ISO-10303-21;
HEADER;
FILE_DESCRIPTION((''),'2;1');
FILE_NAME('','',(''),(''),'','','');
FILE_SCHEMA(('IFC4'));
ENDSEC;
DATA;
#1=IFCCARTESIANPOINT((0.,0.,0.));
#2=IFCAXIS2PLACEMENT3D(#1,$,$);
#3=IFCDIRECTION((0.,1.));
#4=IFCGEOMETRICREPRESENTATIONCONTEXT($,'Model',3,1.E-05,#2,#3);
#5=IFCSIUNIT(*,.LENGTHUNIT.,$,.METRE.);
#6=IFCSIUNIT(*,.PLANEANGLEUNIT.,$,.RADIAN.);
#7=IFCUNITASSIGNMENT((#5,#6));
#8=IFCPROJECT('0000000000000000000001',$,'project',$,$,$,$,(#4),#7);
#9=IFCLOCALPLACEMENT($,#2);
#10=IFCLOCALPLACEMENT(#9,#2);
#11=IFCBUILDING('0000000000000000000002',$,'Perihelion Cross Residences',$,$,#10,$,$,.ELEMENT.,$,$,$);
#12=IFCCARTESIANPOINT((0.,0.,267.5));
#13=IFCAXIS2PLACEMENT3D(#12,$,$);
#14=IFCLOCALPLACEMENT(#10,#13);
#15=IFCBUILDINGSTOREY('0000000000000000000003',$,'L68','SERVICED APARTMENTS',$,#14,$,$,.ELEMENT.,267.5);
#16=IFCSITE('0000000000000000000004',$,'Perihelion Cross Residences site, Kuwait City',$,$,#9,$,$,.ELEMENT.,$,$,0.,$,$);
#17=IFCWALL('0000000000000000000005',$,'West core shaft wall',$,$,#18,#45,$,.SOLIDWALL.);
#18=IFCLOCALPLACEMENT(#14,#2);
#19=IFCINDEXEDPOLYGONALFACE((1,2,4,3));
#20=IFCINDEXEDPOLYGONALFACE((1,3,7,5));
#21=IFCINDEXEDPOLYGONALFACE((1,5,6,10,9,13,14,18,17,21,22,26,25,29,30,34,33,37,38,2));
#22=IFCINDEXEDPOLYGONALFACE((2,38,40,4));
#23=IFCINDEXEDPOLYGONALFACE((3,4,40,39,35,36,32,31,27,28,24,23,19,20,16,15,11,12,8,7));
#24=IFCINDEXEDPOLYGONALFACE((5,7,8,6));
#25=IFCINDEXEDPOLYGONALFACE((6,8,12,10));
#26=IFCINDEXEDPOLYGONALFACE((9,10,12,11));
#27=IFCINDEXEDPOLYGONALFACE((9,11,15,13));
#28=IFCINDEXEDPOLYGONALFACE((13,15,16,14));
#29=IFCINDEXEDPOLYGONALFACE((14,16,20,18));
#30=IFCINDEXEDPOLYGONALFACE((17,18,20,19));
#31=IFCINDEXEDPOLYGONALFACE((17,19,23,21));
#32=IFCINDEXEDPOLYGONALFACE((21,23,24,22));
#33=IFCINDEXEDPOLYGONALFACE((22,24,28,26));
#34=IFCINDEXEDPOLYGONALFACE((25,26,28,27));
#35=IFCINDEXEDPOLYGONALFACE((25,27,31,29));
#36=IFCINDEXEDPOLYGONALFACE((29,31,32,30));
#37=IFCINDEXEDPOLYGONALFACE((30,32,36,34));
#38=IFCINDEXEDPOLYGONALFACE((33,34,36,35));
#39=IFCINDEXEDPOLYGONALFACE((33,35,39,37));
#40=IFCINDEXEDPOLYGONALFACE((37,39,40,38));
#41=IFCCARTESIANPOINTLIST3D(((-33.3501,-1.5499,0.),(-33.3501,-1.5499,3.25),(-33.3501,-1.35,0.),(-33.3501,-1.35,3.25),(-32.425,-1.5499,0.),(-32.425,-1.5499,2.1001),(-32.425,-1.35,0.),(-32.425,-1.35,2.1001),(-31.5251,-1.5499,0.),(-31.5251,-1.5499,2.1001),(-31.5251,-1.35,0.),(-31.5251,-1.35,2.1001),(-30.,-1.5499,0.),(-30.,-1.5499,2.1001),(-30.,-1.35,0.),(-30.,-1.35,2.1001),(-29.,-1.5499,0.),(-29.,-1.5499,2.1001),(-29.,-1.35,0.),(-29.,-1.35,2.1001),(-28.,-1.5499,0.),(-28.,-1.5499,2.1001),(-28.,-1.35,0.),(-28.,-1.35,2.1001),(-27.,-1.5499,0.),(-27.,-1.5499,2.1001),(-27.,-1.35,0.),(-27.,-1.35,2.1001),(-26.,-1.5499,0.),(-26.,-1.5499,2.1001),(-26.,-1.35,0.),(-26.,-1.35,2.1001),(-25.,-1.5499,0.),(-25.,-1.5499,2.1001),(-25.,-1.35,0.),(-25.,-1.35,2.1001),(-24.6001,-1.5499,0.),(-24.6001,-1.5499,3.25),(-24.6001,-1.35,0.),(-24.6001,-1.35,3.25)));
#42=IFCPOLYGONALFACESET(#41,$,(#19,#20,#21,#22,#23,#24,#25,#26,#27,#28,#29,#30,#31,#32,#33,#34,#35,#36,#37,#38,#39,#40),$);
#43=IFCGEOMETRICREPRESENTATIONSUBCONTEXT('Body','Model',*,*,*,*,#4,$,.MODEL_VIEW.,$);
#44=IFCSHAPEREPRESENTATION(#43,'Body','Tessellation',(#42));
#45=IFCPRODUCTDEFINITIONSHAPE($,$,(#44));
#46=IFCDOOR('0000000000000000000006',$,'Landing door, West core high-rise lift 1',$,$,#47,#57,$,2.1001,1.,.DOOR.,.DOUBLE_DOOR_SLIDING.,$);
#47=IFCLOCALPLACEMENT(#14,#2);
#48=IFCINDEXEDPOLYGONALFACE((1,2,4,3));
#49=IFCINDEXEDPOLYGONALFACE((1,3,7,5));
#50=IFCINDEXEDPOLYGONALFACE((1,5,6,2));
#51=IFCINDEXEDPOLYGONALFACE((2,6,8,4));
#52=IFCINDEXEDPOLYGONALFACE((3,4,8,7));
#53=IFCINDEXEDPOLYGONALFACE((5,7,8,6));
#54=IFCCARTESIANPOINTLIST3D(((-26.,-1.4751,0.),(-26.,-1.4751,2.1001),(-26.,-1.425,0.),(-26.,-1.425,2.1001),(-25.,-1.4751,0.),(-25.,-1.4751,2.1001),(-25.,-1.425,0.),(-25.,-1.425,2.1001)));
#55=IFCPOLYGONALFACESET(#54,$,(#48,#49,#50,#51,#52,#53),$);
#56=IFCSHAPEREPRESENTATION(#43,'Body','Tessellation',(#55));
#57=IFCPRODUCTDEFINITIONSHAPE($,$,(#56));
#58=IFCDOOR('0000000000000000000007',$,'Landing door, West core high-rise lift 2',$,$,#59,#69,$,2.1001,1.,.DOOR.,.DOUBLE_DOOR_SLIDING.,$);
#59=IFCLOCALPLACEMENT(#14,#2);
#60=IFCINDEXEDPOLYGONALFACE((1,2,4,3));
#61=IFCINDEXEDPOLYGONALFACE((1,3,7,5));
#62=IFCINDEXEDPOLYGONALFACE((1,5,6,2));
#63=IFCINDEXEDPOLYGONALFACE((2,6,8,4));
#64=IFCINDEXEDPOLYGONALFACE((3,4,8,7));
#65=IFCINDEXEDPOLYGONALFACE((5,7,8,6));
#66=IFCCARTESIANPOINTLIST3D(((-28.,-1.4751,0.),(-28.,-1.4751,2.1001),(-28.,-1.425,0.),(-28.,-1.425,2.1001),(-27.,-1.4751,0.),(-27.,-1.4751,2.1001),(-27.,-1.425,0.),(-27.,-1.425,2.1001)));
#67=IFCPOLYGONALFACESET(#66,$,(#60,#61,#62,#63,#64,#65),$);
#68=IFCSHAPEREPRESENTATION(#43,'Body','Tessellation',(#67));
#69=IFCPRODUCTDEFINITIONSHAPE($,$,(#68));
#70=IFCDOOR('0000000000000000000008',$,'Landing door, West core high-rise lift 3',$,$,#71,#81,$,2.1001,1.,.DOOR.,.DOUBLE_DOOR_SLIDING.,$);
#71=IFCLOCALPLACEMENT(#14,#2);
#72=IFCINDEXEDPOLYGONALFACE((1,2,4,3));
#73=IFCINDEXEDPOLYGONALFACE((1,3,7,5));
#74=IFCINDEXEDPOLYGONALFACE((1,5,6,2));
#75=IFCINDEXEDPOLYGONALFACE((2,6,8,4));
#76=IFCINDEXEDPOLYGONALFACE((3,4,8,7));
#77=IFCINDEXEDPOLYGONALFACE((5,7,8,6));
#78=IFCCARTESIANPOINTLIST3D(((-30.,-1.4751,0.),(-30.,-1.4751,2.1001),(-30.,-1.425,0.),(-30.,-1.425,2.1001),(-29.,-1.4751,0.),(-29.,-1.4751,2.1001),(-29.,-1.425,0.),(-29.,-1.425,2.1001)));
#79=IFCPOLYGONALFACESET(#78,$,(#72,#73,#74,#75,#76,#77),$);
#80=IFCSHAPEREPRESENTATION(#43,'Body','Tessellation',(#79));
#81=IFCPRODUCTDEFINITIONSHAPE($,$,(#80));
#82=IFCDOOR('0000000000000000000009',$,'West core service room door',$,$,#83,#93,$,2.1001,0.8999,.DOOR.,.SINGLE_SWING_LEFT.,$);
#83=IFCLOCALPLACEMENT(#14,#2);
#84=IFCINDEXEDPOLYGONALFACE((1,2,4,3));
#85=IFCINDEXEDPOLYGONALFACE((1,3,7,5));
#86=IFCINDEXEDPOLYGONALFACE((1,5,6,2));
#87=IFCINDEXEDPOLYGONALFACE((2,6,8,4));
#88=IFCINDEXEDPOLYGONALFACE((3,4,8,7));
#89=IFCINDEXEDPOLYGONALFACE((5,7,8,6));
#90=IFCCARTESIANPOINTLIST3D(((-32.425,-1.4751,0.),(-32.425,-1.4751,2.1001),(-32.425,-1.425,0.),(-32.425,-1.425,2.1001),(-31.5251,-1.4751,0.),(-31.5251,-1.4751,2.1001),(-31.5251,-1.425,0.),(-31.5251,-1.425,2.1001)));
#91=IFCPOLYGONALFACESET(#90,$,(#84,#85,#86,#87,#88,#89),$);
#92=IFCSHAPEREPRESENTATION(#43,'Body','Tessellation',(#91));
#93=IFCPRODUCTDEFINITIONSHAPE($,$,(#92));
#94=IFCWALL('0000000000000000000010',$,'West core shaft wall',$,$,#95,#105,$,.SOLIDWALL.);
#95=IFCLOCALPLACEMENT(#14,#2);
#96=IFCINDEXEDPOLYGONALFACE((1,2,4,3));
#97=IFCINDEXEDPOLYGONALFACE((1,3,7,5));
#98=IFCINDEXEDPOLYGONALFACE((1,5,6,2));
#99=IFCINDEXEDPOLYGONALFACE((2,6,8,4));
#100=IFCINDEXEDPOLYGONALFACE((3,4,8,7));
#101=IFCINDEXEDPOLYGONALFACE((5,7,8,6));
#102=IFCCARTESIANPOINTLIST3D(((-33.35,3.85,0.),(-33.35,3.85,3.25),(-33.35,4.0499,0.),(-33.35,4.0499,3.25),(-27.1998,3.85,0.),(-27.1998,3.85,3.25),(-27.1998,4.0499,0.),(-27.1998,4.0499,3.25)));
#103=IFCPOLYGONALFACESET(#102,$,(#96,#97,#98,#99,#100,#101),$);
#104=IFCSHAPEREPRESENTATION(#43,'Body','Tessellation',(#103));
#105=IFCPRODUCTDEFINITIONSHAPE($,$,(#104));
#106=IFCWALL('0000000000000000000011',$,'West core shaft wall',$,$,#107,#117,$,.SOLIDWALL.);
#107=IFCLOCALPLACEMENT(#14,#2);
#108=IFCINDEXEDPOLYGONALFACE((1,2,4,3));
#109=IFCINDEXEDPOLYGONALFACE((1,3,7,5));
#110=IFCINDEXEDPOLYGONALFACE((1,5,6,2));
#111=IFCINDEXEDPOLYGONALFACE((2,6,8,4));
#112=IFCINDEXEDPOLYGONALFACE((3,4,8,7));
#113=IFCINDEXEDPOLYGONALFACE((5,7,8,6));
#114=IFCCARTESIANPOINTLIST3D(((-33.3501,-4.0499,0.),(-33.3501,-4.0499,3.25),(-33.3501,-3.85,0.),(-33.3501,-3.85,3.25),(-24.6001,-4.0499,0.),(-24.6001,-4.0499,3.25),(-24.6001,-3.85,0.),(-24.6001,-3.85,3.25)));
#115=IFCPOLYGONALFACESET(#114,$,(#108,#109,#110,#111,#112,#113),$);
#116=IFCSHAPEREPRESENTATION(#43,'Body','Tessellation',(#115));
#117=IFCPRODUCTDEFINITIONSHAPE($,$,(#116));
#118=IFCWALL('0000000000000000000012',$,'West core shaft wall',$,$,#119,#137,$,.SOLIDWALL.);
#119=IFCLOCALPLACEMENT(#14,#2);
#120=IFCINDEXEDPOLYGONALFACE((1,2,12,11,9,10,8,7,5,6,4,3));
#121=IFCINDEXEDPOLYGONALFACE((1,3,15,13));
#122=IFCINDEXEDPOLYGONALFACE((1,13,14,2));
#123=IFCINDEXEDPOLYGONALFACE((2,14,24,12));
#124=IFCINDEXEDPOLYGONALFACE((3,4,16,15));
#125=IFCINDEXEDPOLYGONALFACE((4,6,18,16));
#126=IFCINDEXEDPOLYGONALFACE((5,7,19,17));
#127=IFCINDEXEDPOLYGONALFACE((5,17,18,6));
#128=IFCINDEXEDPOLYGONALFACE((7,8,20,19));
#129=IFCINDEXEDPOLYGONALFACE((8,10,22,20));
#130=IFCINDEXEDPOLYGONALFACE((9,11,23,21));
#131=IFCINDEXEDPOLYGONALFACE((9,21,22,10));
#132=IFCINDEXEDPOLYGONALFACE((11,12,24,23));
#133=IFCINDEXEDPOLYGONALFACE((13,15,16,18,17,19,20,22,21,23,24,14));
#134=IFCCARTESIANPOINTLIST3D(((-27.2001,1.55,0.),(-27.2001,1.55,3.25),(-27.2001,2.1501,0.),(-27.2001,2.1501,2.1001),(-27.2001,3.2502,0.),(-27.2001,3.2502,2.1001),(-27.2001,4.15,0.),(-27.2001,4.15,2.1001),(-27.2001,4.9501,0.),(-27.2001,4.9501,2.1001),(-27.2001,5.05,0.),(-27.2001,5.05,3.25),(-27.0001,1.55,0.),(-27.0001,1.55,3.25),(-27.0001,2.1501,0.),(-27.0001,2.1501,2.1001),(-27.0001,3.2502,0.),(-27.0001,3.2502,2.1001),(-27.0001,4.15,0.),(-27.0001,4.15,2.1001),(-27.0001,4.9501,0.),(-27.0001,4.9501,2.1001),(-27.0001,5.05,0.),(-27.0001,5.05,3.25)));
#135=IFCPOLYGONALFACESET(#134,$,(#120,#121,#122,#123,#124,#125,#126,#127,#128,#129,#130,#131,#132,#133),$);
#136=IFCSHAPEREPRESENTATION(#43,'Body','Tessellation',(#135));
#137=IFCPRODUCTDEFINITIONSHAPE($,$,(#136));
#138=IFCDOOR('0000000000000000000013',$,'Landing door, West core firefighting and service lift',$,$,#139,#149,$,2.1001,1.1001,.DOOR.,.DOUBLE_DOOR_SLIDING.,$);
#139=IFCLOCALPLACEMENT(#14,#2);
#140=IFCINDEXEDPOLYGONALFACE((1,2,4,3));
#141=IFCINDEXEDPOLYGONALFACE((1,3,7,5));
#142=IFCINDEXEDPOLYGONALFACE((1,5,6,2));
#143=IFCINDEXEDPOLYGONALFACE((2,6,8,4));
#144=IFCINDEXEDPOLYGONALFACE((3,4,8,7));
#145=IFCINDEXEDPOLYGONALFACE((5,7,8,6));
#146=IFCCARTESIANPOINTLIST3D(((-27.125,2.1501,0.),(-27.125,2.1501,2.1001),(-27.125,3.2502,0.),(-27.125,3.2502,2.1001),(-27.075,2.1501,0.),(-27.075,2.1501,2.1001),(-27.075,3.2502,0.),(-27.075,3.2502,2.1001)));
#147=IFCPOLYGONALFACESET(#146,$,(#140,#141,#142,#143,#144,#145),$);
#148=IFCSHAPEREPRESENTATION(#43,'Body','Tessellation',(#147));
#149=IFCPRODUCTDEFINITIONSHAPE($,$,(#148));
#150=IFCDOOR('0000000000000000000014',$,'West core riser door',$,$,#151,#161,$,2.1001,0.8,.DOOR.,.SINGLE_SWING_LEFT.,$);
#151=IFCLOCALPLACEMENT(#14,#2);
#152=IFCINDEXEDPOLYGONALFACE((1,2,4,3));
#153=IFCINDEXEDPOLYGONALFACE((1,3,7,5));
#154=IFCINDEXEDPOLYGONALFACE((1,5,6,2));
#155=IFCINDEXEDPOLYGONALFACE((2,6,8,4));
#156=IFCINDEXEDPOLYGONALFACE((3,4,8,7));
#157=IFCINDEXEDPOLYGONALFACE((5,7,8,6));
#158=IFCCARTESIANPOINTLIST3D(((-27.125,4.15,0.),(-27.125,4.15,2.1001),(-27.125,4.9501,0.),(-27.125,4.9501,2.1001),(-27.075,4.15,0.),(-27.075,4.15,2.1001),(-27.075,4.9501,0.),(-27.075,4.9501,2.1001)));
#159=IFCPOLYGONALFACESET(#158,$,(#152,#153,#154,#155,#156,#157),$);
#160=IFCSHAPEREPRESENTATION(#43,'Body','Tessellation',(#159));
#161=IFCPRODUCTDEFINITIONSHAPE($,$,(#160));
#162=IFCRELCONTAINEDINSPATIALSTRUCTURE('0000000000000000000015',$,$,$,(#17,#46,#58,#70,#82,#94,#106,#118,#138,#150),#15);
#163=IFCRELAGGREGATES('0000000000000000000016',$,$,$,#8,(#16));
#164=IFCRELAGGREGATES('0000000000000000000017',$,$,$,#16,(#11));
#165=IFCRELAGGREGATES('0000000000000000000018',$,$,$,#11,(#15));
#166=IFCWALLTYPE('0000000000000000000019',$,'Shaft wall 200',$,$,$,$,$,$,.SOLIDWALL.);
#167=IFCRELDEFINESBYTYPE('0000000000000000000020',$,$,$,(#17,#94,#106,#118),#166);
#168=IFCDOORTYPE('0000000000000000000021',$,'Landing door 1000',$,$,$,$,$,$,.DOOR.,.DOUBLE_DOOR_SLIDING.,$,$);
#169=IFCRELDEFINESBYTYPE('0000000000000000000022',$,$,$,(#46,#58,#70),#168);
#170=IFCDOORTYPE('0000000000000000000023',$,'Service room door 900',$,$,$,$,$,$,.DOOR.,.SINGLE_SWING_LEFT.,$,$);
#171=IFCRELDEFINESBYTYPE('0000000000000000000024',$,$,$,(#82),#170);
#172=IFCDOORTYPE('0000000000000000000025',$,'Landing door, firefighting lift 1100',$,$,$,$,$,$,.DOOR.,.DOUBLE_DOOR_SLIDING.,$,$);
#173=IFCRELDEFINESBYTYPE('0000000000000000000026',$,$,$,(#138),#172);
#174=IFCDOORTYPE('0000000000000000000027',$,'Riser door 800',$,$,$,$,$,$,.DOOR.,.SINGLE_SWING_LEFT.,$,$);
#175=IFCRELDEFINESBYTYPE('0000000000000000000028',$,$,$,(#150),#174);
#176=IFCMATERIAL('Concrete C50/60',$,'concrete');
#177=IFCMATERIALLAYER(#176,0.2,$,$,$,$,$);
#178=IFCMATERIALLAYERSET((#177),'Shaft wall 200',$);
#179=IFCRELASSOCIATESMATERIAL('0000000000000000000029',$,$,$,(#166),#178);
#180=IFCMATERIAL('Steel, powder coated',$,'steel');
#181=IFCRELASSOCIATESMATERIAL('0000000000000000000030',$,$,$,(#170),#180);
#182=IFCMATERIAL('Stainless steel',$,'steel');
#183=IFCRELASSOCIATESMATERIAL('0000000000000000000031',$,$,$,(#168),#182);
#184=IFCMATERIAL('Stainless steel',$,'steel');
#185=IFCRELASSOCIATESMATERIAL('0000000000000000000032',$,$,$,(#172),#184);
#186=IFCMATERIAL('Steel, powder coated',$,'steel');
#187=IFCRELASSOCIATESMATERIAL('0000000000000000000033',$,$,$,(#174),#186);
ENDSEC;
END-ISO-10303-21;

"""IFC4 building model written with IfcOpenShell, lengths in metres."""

from ifc_helpers import new_model, si_unit, direction, frame, frame_2d, origin, place, context, subcontext, project, spatial, rectangle, extrude, material, layer, layer_set, type_object, element, fill, save


model = new_model("IFC4")

# Units and contexts
model_context = context("Model", 3, precision=1e-05, world=origin(), true_north=direction((0.0, 1.0)))
body_context = subcontext(model_context, "Body", "Model", "MODEL_VIEW")
ifc_project = project(units=[si_unit("LENGTHUNIT", "METRE"), si_unit("PLANEANGLEUNIT", "RADIAN")], contexts=[model_context])

# Site, building, storey
site_placement = place(None, origin())
site = spatial("IfcSite", under=ifc_project, at=site_placement, Name="Perihelion Cross Residences site, Kuwait City", CompositionType="ELEMENT", RefElevation=0.0)
building_placement = place(site_placement, origin())
building = spatial("IfcBuilding", under=site, at=building_placement, Name="Perihelion Cross Residences", CompositionType="ELEMENT")
storey_placement = place(building_placement, frame((0.0, 0.0, 267.5)))
storey = spatial("IfcBuildingStorey", under=building, at=storey_placement, Name="L68", Description="SERVICED APARTMENTS", CompositionType="ELEMENT", Elevation=267.5)

# Wall, openings, doors
ifc_material_1 = material(Name="Concrete C50/60", Category="concrete")
ifc_layer_1 = layer(ifc_material_1, 0.2)
ifc_layer_set_1 = layer_set([ifc_layer_1], Name="Shaft wall 200")
wall_type_1 = type_object("IfcWallType", Name="Shaft wall 200", PredefinedType="SOLIDWALL", material=ifc_layer_set_1)
ifc_material_2 = material(Name="Steel, powder coated", Category="steel")
door_type_1 = type_object("IfcDoorType", Name="Service room door 900", OperationType="SINGLE_SWING_LEFT", PredefinedType="DOOR", material=ifc_material_2)
wall_1_placement = place(storey_placement, frame((-33.3501, -1.45, 0.0), z_axis=(0.0, 0.0, 1.0), x_axis=(1.0, 0.0, 0.0)))
wall_1 = element("IfcWall", 1, at=wall_1_placement, inside=storey, type_object=wall_type_1, Name="West core shaft wall", PredefinedType="SOLIDWALL", context=body_context, shape_type="SweptSolid", body=[
    extrude(rectangle(XDim=8.75, YDim=0.2, at=frame_2d((4.375, 0.0))), origin(), (0.0, 0.0, 1.0), 3.25),
])
opening_1_placement = place(wall_1_placement, frame((7.3501, 0.0, 0.0)))
opening_1 = element("IfcOpeningElement", 2, at=opening_1_placement, cuts=wall_1, PredefinedType="OPENING", context=body_context, shape_type="SweptSolid", body=[
    extrude(rectangle(XDim=1.0, YDim=2.1001, at=frame_2d((0.5, 1.05))), frame((0.0, 0.1099, 0.0), z_axis=(0.0, -1.0, 0.0), x_axis=(1.0, 0.0, 0.0)), (0.0, 0.0, 1.0), 0.22),
])
opening_2_placement = place(wall_1_placement, frame((5.3501, 0.0, 0.0)))
opening_2 = element("IfcOpeningElement", 3, at=opening_2_placement, cuts=wall_1, PredefinedType="OPENING", context=body_context, shape_type="SweptSolid", body=[
    extrude(rectangle(XDim=1.0, YDim=2.1001, at=frame_2d((0.5, 1.05))), frame((0.0, 0.1099, 0.0), z_axis=(0.0, -1.0, 0.0), x_axis=(1.0, 0.0, 0.0)), (0.0, 0.0, 1.0), 0.22),
])
opening_3_placement = place(wall_1_placement, frame((3.3501, 0.0, 0.0)))
opening_3 = element("IfcOpeningElement", 4, at=opening_3_placement, cuts=wall_1, PredefinedType="OPENING", context=body_context, shape_type="SweptSolid", body=[
    extrude(rectangle(XDim=1.0, YDim=2.1001, at=frame_2d((0.5, 1.05))), frame((0.0, 0.1099, 0.0), z_axis=(0.0, -1.0, 0.0), x_axis=(1.0, 0.0, 0.0)), (0.0, 0.0, 1.0), 0.22),
])
opening_4_placement = place(wall_1_placement, frame((0.925, 0.0, 0.0)))
opening_4 = element("IfcOpeningElement", 5, at=opening_4_placement, cuts=wall_1, PredefinedType="OPENING", context=body_context, shape_type="SweptSolid", body=[
    extrude(rectangle(XDim=0.8999, YDim=2.1001, at=frame_2d((0.45, 1.05))), frame((0.0, 0.1099, 0.0), z_axis=(0.0, -1.0, 0.0), x_axis=(1.0, 0.0, 0.0)), (0.0, 0.0, 1.0), 0.22),
])
ifc_material_3 = material(Name="Stainless steel", Category="steel")
door_type_2 = type_object("IfcDoorType", Name="Landing door 1000", OperationType="DOUBLE_DOOR_SLIDING", PredefinedType="DOOR", material=ifc_material_3)
door_1_placement = place(opening_1_placement, origin())
door_1 = element("IfcDoor", 6, at=door_1_placement, inside=storey, type_object=door_type_2, Name="Landing door, West core high-rise lift 1", OperationType="DOUBLE_DOOR_SLIDING", OverallHeight=2.1001, OverallWidth=1.0, PredefinedType="DOOR", context=body_context, shape_type="SweptSolid", body=[
    extrude(rectangle(XDim=1.0, YDim=2.1001, at=frame_2d((0.5, 1.05))), frame((0.0, 0.0249, 0.0), z_axis=(0.0, -1.0, 0.0), x_axis=(1.0, 0.0, 0.0)), (0.0, 0.0, 1.0), 0.05),
])
fill(opening_1, door_1)
door_2_placement = place(opening_2_placement, origin())
door_2 = element("IfcDoor", 7, at=door_2_placement, inside=storey, type_object=door_type_2, Name="Landing door, West core high-rise lift 2", OperationType="DOUBLE_DOOR_SLIDING", OverallHeight=2.1001, OverallWidth=1.0, PredefinedType="DOOR", context=body_context, shape_type="SweptSolid", body=[
    extrude(rectangle(XDim=1.0, YDim=2.1001, at=frame_2d((0.5, 1.05))), frame((0.0, 0.0249, 0.0), z_axis=(0.0, -1.0, 0.0), x_axis=(1.0, 0.0, 0.0)), (0.0, 0.0, 1.0), 0.05),
])
fill(opening_2, door_2)
door_3_placement = place(opening_3_placement, origin())
door_3 = element("IfcDoor", 8, at=door_3_placement, inside=storey, type_object=door_type_2, Name="Landing door, West core high-rise lift 3", OperationType="DOUBLE_DOOR_SLIDING", OverallHeight=2.1001, OverallWidth=1.0, PredefinedType="DOOR", context=body_context, shape_type="SweptSolid", body=[
    extrude(rectangle(XDim=1.0, YDim=2.1001, at=frame_2d((0.5, 1.05))), frame((0.0, 0.0249, 0.0), z_axis=(0.0, -1.0, 0.0), x_axis=(1.0, 0.0, 0.0)), (0.0, 0.0, 1.0), 0.05),
])
fill(opening_3, door_3)
door_4_placement = place(opening_4_placement, origin())
door_4 = element("IfcDoor", 9, at=door_4_placement, inside=storey, type_object=door_type_1, Name="West core service room door", OperationType="SINGLE_SWING_LEFT", OverallHeight=2.1001, OverallWidth=0.8999, PredefinedType="DOOR", context=body_context, shape_type="SweptSolid", body=[
    extrude(rectangle(XDim=0.8999, YDim=2.1001, at=frame_2d((0.45, 1.05))), frame((0.0, 0.0249, 0.0), z_axis=(0.0, -1.0, 0.0), x_axis=(1.0, 0.0, 0.0)), (0.0, 0.0, 1.0), 0.05),
])
fill(opening_4, door_4)

# Walls
wall_2_placement = place(storey_placement, frame((-33.3501, 3.95, 0.0), z_axis=(0.0, 0.0, 1.0), x_axis=(1.0, 0.0, 0.0)))
element("IfcWall", 10, at=wall_2_placement, inside=storey, type_object=wall_type_1, Name="West core shaft wall", PredefinedType="SOLIDWALL", context=body_context, shape_type="SweptSolid", body=[
    extrude(rectangle(XDim=6.1501, YDim=0.2, at=frame_2d((3.0752, 0.0))), origin(), (0.0, 0.0, 1.0), 3.25),
])
wall_3_placement = place(storey_placement, frame((-33.3501, -3.95, 0.0), z_axis=(0.0, 0.0, 1.0), x_axis=(1.0, 0.0, 0.0)))
element("IfcWall", 11, at=wall_3_placement, inside=storey, type_object=wall_type_1, Name="West core shaft wall", PredefinedType="SOLIDWALL", context=body_context, shape_type="SweptSolid", body=[
    extrude(rectangle(XDim=8.75, YDim=0.2, at=frame_2d((4.375, 0.0))), origin(), (0.0, 0.0, 1.0), 3.25),
])

# Wall, openings, doors
wall_4_placement = place(storey_placement, frame((-27.1001, 1.55, 0.0), z_axis=(0.0, 0.0, 1.0), x_axis=(0.0, 1.0, 0.0)))
wall_4 = element("IfcWall", 12, at=wall_4_placement, inside=storey, type_object=wall_type_1, Name="West core shaft wall", PredefinedType="SOLIDWALL", context=body_context, shape_type="SweptSolid", body=[
    extrude(rectangle(XDim=3.5, YDim=0.2, at=frame_2d((1.75, 0.0))), origin(), (0.0, 0.0, 1.0), 3.25),
])
opening_5_placement = place(wall_4_placement, frame((0.6001, 0.0, 0.0)))
opening_5 = element("IfcOpeningElement", 13, at=opening_5_placement, cuts=wall_4, PredefinedType="OPENING", context=body_context, shape_type="SweptSolid", body=[
    extrude(rectangle(XDim=1.1001, YDim=2.1001, at=frame_2d((0.55, 1.05))), frame((0.0, 0.1099, 0.0), z_axis=(0.0, -1.0, 0.0), x_axis=(1.0, 0.0, 0.0)), (0.0, 0.0, 1.0), 0.22),
])
opening_6_placement = place(wall_4_placement, frame((2.6001, 0.0, 0.0)))
opening_6 = element("IfcOpeningElement", 14, at=opening_6_placement, cuts=wall_4, PredefinedType="OPENING", context=body_context, shape_type="SweptSolid", body=[
    extrude(rectangle(XDim=0.8, YDim=2.1001, at=frame_2d((0.3999, 1.05))), frame((0.0, 0.1099, 0.0), z_axis=(0.0, -1.0, 0.0), x_axis=(1.0, 0.0, 0.0)), (0.0, 0.0, 1.0), 0.22),
])
ifc_material_4 = material(Name="Stainless steel", Category="steel")
door_type_3 = type_object("IfcDoorType", Name="Landing door, firefighting lift 1100", OperationType="DOUBLE_DOOR_SLIDING", PredefinedType="DOOR", material=ifc_material_4)
door_5_placement = place(opening_5_placement, origin())
door_5 = element("IfcDoor", 15, at=door_5_placement, inside=storey, type_object=door_type_3, Name="Landing door, West core firefighting and service lift", OperationType="DOUBLE_DOOR_SLIDING", OverallHeight=2.1001, OverallWidth=1.1001, PredefinedType="DOOR", context=body_context, shape_type="SweptSolid", body=[
    extrude(rectangle(XDim=1.1001, YDim=2.1001, at=frame_2d((0.55, 1.05))), frame((0.0, 0.0249, 0.0), z_axis=(0.0, -1.0, 0.0), x_axis=(1.0, 0.0, 0.0)), (0.0, 0.0, 1.0), 0.05),
])
fill(opening_5, door_5)
ifc_material_5 = material(Name="Steel, powder coated", Category="steel")
door_type_4 = type_object("IfcDoorType", Name="Riser door 800", OperationType="SINGLE_SWING_LEFT", PredefinedType="DOOR", material=ifc_material_5)
door_6_placement = place(opening_6_placement, origin())
door_6 = element("IfcDoor", 16, at=door_6_placement, inside=storey, type_object=door_type_4, Name="West core riser door", OperationType="SINGLE_SWING_LEFT", OverallHeight=2.1001, OverallWidth=0.8, PredefinedType="DOOR", context=body_context, shape_type="SweptSolid", body=[
    extrude(rectangle(XDim=0.8, YDim=2.1001, at=frame_2d((0.3999, 1.05))), frame((0.0, 0.0249, 0.0), z_axis=(0.0, -1.0, 0.0), x_axis=(1.0, 0.0, 0.0)), (0.0, 0.0, 1.0), 0.05),
])
fill(opening_6, door_6)

save(model, "model.ifc")
